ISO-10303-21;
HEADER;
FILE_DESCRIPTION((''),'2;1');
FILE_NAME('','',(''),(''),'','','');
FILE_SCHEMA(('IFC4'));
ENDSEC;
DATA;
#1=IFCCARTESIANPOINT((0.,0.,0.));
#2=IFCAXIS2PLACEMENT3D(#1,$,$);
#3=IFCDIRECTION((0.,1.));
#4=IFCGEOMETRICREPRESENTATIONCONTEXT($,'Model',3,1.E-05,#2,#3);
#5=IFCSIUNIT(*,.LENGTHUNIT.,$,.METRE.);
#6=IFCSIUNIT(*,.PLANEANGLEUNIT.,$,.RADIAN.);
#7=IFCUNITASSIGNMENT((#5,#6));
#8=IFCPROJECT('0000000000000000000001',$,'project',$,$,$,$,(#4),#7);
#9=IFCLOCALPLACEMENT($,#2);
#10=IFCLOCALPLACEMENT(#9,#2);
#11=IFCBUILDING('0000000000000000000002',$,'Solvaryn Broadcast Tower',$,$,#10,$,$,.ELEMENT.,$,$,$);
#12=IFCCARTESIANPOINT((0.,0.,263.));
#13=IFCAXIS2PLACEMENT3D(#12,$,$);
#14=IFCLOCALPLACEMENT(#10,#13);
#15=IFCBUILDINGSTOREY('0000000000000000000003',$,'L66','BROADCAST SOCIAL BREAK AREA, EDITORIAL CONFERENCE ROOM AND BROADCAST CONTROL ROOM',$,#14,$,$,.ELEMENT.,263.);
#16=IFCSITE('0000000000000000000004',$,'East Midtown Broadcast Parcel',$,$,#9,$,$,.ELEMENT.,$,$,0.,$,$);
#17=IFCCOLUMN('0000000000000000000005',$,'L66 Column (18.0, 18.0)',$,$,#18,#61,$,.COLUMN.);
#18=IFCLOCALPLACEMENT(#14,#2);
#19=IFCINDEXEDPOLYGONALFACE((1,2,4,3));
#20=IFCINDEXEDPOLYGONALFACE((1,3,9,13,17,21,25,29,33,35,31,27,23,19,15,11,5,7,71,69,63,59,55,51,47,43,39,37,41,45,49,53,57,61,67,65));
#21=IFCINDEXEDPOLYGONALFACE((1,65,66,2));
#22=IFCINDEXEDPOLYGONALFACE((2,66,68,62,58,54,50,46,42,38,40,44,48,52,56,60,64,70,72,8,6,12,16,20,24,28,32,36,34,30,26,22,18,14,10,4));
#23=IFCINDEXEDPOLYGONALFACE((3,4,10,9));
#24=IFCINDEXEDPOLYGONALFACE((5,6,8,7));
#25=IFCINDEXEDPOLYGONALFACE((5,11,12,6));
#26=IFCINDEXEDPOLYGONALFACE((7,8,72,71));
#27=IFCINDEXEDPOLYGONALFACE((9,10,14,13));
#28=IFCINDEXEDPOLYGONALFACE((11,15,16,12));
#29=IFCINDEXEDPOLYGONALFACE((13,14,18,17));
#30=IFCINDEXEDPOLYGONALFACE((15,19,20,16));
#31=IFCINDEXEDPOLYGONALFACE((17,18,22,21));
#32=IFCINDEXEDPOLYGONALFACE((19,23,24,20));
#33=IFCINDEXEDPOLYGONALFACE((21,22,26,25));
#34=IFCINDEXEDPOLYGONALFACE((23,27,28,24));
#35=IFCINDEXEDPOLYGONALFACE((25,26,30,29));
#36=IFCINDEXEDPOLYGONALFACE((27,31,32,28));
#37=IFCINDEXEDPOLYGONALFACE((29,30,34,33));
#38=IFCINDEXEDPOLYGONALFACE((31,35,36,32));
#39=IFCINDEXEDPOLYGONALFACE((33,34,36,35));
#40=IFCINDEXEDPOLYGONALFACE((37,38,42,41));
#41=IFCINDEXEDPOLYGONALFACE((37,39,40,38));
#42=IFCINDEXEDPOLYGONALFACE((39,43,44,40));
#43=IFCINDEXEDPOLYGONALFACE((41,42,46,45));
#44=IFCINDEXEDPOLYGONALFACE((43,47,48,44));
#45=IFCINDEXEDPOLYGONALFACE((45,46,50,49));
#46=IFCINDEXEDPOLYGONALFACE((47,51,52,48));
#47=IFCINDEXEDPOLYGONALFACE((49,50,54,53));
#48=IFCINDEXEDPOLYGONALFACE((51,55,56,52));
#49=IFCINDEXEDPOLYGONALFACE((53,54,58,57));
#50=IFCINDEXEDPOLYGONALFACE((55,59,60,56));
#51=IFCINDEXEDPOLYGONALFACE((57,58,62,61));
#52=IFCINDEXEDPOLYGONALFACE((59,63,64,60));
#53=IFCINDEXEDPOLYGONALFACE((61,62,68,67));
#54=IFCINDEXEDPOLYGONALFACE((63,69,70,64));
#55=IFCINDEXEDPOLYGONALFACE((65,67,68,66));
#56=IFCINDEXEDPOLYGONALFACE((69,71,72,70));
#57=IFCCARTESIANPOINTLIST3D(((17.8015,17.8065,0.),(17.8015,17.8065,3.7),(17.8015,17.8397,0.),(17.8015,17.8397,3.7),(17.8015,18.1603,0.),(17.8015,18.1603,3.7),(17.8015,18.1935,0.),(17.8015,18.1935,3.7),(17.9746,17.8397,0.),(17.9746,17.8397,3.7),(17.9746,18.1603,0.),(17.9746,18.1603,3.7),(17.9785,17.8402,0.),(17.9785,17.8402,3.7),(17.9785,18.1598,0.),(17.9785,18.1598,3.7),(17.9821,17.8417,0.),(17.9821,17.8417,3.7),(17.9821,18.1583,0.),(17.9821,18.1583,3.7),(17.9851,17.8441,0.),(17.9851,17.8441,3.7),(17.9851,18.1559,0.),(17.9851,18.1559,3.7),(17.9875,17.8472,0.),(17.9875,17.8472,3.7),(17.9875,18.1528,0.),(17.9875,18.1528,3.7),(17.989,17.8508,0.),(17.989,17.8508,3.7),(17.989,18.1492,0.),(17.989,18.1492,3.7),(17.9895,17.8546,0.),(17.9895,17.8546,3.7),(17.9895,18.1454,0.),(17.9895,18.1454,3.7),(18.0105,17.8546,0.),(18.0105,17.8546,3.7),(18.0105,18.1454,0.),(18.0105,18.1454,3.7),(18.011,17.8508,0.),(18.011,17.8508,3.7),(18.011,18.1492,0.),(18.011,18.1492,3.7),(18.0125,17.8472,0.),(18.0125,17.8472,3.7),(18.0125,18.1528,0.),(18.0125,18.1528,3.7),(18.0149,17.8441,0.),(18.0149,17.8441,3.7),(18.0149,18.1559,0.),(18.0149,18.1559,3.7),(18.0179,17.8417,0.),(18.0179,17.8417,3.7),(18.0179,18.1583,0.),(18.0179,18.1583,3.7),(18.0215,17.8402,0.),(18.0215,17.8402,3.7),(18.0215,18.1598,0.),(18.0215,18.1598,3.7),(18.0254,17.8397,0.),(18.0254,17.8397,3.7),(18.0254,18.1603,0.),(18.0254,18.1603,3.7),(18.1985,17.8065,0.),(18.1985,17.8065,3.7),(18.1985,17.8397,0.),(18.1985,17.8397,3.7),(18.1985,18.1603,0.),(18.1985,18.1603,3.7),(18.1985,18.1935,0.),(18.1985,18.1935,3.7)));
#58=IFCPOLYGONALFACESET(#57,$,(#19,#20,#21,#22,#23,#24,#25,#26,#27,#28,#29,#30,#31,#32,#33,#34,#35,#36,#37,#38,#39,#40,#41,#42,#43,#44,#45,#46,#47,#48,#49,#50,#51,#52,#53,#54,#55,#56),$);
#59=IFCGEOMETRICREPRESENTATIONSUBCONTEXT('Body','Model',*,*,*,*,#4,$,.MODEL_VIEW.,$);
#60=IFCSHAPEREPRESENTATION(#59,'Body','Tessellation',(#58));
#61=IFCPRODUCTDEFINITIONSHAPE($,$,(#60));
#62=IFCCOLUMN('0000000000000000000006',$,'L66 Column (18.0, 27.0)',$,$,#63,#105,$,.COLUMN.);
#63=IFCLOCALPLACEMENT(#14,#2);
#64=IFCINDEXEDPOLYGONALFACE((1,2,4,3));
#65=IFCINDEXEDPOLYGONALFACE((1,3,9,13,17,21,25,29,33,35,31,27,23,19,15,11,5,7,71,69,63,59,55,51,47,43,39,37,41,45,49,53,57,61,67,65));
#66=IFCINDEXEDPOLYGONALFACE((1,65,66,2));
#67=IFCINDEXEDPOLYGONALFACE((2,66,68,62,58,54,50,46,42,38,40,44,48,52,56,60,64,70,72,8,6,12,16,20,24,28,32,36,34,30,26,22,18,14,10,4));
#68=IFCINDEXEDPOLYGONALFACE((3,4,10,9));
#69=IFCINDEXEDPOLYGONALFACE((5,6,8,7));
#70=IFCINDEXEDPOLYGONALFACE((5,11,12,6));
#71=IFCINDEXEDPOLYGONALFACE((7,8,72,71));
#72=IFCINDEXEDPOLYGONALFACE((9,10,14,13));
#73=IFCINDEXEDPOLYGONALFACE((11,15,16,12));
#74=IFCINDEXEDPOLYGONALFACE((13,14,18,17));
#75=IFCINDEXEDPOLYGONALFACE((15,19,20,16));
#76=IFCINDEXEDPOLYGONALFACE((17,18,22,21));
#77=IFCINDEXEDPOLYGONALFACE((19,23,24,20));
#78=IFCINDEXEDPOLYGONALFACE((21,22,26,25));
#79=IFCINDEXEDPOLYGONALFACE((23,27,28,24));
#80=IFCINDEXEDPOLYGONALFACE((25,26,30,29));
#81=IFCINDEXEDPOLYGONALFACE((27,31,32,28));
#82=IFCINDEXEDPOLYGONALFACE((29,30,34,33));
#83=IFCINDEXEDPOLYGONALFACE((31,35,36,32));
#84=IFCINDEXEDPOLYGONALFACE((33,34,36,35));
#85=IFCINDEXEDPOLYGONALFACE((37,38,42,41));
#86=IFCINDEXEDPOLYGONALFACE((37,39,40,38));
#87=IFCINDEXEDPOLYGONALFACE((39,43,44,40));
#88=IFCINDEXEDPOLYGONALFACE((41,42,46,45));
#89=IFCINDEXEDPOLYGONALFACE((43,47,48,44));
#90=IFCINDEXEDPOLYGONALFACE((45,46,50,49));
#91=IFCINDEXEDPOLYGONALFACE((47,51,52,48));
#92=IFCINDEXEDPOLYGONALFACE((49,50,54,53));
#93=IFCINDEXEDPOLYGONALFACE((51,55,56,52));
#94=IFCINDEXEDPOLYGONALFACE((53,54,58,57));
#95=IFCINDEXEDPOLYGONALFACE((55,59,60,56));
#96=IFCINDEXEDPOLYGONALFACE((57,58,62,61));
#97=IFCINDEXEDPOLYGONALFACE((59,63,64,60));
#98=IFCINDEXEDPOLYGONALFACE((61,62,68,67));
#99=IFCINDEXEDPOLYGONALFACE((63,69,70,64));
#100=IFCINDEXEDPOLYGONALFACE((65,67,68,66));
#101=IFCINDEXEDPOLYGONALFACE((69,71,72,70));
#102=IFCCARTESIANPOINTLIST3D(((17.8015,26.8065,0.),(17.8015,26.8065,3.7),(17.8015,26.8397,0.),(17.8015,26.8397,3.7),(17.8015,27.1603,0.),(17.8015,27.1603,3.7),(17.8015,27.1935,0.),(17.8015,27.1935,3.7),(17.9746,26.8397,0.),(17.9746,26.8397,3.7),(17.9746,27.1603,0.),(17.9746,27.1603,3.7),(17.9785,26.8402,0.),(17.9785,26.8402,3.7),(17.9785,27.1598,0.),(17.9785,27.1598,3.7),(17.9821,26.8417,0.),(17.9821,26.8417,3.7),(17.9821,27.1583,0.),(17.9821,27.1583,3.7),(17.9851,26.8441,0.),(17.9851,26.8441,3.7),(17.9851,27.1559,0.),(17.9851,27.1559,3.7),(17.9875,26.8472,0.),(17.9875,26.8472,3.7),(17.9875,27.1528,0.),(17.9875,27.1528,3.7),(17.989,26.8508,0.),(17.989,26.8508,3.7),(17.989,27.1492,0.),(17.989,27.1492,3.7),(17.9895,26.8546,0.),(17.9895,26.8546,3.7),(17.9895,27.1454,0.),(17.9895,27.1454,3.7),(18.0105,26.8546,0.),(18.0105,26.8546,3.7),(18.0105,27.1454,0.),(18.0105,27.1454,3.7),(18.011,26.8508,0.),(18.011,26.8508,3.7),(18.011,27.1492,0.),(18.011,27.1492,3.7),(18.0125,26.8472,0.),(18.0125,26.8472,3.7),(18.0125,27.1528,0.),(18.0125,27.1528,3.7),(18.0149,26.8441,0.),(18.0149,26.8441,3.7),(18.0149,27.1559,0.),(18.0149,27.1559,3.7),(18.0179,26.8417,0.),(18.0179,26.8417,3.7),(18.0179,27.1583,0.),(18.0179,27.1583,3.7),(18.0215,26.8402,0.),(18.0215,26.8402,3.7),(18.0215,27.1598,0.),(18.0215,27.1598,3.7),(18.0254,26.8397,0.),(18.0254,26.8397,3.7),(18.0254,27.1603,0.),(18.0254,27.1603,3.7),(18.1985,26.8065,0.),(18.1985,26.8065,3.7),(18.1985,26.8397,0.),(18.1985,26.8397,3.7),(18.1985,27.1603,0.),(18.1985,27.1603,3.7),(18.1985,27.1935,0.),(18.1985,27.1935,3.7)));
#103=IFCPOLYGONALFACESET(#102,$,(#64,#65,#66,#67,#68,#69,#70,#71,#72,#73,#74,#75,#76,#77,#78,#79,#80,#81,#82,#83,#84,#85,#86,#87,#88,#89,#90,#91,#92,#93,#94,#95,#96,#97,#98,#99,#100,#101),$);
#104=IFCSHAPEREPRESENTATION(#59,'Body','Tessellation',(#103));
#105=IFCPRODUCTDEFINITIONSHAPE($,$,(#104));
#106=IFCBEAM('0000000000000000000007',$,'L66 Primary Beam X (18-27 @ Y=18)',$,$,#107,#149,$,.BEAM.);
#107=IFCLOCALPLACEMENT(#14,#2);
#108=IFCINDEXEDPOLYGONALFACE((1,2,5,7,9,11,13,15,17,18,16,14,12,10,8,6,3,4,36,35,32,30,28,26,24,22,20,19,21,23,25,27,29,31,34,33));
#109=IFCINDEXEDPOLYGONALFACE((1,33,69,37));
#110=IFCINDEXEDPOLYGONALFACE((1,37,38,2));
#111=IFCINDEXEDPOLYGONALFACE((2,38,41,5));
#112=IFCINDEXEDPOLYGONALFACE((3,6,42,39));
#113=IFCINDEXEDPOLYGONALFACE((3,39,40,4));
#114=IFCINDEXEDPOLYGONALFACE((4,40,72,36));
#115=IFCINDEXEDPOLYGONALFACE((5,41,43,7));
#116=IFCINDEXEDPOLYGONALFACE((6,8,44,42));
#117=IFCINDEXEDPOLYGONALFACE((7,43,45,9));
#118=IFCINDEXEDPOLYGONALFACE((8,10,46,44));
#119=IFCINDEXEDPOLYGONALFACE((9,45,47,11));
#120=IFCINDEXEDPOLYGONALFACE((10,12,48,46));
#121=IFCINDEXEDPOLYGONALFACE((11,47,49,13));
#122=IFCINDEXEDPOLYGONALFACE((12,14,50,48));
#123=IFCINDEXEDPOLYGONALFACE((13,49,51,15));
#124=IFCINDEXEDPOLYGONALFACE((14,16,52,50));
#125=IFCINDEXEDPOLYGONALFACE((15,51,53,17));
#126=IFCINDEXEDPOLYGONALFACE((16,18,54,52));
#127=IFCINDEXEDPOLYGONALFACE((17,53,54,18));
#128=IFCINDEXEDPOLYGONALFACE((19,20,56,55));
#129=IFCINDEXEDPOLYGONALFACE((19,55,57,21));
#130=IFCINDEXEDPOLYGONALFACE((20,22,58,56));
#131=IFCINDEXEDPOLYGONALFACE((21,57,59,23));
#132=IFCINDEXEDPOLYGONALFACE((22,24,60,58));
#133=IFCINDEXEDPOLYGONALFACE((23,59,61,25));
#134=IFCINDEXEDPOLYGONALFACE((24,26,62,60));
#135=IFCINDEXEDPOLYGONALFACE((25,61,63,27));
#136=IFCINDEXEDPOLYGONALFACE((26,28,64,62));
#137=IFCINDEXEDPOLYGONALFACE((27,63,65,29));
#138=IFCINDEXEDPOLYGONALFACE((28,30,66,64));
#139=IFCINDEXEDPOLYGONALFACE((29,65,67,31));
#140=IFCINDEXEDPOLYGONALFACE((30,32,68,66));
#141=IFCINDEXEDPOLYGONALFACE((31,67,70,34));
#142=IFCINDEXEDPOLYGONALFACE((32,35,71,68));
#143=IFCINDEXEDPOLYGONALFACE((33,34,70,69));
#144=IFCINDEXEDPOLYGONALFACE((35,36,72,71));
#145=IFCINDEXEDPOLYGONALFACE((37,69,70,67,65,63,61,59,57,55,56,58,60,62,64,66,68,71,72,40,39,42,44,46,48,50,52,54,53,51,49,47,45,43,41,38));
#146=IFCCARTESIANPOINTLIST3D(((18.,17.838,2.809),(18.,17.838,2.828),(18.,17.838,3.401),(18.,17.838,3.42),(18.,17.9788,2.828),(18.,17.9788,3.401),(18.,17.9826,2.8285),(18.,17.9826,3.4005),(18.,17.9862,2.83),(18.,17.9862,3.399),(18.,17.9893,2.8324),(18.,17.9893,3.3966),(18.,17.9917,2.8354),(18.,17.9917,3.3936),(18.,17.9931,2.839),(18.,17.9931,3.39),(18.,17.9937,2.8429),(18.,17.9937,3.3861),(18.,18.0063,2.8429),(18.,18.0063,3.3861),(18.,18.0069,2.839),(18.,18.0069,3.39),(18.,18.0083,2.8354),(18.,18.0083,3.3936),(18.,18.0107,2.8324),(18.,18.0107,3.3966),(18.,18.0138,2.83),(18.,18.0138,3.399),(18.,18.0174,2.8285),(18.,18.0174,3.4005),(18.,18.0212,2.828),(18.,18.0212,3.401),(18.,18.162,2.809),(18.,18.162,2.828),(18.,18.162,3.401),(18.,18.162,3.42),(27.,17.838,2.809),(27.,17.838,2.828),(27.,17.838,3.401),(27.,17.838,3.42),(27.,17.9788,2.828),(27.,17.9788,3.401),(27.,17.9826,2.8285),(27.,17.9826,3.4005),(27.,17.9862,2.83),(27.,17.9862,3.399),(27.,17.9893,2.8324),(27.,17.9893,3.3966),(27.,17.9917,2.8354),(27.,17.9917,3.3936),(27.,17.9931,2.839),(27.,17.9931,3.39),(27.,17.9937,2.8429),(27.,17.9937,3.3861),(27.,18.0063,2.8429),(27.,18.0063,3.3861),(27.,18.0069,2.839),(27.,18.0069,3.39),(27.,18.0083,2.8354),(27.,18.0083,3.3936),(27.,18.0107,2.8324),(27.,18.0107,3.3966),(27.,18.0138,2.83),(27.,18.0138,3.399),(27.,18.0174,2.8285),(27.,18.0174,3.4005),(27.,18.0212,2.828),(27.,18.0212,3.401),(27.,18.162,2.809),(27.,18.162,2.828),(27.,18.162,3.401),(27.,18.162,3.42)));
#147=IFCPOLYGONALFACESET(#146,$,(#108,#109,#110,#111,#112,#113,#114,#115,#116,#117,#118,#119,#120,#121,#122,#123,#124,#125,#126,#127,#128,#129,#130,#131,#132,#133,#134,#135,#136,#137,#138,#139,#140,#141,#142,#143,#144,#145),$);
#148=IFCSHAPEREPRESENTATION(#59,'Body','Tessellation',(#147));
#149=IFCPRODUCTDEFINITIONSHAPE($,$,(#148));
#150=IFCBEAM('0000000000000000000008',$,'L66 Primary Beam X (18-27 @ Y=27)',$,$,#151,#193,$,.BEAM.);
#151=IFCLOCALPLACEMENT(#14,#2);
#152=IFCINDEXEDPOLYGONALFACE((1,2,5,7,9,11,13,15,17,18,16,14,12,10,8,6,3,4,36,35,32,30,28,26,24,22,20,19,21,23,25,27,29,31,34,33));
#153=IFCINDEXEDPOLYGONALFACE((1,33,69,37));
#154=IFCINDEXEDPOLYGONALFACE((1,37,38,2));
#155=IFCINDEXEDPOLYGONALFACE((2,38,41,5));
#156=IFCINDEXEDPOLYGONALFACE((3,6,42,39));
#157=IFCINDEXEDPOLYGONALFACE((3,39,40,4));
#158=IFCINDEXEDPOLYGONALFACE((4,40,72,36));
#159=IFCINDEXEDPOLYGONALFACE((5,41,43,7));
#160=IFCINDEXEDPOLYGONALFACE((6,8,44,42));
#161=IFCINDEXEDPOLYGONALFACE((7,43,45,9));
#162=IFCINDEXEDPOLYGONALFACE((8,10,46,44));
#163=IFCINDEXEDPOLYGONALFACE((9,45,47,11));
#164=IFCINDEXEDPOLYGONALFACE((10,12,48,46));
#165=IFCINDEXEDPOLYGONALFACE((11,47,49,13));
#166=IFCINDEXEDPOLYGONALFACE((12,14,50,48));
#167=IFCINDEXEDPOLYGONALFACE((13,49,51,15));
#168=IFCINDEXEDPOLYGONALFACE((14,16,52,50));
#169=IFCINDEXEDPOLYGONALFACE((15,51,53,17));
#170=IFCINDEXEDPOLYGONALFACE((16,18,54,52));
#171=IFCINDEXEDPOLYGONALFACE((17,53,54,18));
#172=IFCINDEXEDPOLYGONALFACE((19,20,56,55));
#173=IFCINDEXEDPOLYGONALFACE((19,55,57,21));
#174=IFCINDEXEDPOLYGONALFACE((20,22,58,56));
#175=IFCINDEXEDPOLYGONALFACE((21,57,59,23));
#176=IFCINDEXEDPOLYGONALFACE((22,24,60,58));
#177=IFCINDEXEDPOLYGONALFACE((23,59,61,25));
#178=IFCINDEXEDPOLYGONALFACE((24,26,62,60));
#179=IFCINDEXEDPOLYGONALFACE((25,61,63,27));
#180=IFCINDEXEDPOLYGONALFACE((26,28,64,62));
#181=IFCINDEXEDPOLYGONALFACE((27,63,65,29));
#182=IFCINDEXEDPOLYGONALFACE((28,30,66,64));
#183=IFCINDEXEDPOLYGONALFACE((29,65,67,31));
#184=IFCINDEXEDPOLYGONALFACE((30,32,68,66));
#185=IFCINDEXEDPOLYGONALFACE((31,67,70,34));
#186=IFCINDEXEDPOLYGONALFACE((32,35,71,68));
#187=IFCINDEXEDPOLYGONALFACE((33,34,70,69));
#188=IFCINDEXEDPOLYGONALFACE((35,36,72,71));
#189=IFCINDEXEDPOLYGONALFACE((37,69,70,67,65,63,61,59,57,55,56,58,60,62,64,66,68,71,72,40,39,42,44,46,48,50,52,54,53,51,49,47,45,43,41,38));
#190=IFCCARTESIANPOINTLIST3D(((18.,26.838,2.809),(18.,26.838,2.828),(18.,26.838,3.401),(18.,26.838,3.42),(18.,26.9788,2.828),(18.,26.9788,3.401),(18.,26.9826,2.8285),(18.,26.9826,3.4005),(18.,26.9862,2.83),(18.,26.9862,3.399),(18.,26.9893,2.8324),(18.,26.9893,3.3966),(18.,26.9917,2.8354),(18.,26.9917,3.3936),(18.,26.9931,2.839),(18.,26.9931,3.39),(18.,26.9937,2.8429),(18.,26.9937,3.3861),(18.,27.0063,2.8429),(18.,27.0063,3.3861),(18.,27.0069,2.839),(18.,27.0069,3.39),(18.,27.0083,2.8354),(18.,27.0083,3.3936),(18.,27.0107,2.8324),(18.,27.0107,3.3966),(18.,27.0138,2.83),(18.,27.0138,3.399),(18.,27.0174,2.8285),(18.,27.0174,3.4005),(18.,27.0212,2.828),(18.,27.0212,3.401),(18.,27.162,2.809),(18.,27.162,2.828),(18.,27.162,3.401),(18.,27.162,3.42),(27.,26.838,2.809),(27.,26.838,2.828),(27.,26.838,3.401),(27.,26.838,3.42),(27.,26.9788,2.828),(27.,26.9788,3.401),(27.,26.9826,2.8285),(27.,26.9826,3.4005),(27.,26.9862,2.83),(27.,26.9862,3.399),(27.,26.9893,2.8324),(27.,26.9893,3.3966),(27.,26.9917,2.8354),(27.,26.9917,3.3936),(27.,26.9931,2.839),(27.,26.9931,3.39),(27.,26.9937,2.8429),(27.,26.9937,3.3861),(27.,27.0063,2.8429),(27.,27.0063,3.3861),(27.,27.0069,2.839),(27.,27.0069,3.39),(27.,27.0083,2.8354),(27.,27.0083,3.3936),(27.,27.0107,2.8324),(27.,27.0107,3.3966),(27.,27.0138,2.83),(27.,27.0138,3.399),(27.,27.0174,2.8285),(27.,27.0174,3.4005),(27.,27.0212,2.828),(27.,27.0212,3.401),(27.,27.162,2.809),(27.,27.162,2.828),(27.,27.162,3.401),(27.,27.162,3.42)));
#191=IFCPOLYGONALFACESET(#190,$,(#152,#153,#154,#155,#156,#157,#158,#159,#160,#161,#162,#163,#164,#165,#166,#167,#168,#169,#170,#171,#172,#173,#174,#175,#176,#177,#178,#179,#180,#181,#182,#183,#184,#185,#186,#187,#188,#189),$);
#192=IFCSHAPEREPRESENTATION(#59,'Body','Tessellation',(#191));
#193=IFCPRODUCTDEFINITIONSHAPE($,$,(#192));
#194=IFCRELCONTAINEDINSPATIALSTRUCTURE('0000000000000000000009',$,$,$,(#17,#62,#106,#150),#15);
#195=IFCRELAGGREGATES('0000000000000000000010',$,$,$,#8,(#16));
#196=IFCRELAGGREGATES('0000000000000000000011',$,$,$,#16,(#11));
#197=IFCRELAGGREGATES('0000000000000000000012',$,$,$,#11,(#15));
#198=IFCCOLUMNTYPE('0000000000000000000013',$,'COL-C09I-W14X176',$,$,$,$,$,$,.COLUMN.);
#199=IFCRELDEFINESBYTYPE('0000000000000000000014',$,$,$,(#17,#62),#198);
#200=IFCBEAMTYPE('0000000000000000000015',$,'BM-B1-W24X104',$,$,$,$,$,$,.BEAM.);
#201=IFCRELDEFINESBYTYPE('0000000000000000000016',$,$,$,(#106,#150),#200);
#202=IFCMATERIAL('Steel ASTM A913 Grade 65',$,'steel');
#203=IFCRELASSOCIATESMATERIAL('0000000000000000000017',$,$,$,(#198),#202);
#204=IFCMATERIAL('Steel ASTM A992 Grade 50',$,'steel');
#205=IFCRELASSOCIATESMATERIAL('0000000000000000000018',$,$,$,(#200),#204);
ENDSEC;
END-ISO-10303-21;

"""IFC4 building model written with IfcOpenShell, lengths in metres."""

from ifc_helpers import new_model, si_unit, direction, frame, origin, origin_2d, place, context, subcontext, project, spatial, i_section, extrude, material, material_profile, profile_set, type_object, element, save


model = new_model("IFC4")

# Units and contexts
model_context = context("Model", 3, precision=1e-05, world=origin(), true_north=direction((0.0, 1.0)))
body_context = subcontext(model_context, "Body", "Model", "MODEL_VIEW")
ifc_project = project(units=[si_unit("LENGTHUNIT", "METRE"), si_unit("PLANEANGLEUNIT", "RADIAN")], contexts=[model_context])

# Site, building, storey
site_placement = place(None, origin())
site = spatial("IfcSite", under=ifc_project, at=site_placement, Name="East Midtown Broadcast Parcel", CompositionType="ELEMENT", RefElevation=0.0)
building_placement = place(site_placement, origin())
building = spatial("IfcBuilding", under=site, at=building_placement, Name="Solvaryn Broadcast Tower", CompositionType="ELEMENT")
storey_placement = place(building_placement, frame((0.0, 0.0, 263.0)))
storey = spatial("IfcBuildingStorey", under=building, at=storey_placement, Name="L66", Description="BROADCAST SOCIAL BREAK AREA, EDITORIAL CONFERENCE ROOM AND BROADCAST CONTROL ROOM", CompositionType="ELEMENT", Elevation=263.0)

# Columns
ifc_material_1 = material(Name="Steel ASTM A913 Grade 65", Category="steel")
ifc_material_profile_1 = material_profile(ifc_material_1, i_section(OverallWidth=0.397, OverallDepth=0.387, WebThickness=0.021, FlangeThickness=0.0332, FilletRadius=0.0149, at=origin_2d()))
ifc_profile_set_1 = profile_set([ifc_material_profile_1], Name="Steel ASTM A913 Grade 65")
column_type = type_object("IfcColumnType", Name="COL-C09I-W14X176", PredefinedType="COLUMN", material=ifc_profile_set_1)
for number, where, z_axis, x_axis, name in (
    (1, (18.0, 18.0, 0.0), (0.0, 0.0, 1.0), (1.0, 0.0, 0.0), "L66 Column (18.0, 18.0)"),
    (2, (18.0, 27.0, 0.0), (0.0, 0.0, 1.0), (1.0, 0.0, 0.0), "L66 Column (18.0, 27.0)"),
):
    element("IfcColumn", number, at=place(storey_placement, frame(where, z_axis=z_axis, x_axis=x_axis)), inside=storey, type_object=column_type, Name=name, PredefinedType="COLUMN", context=body_context, shape_type="SweptSolid", body=[
        extrude(i_section(OverallWidth=0.397, OverallDepth=0.387, WebThickness=0.021, FlangeThickness=0.0332, FilletRadius=0.0149, at=origin_2d()), origin(), (0.0, 0.0, 1.0), 3.7),
    ])

# Beams
ifc_material_2 = material(Name="Steel ASTM A992 Grade 50", Category="steel")
ifc_material_profile_2 = material_profile(ifc_material_2, i_section(OverallWidth=0.324, OverallDepth=0.6111, WebThickness=0.0127, FlangeThickness=0.019, FilletRadius=0.0149, at=origin_2d()))
ifc_profile_set_2 = profile_set([ifc_material_profile_2], Name="Steel ASTM A992 Grade 50")
beam_type_1 = type_object("IfcBeamType", Name="BM-B1-W24X104", PredefinedType="BEAM", material=ifc_profile_set_2)
for number, where, z_axis, x_axis, name in (
    (3, (18.0, 18.0, 3.1145), (1.0, 0.0, 0.0), (0.0, 1.0, 0.0), "L66 Primary Beam X (18-27 @ Y=18)"),
    (4, (18.0, 27.0, 3.1145), (1.0, 0.0, 0.0), (0.0, 1.0, 0.0), "L66 Primary Beam X (18-27 @ Y=27)"),
):
    element("IfcBeam", number, at=place(storey_placement, frame(where, z_axis=z_axis, x_axis=x_axis)), inside=storey, type_object=beam_type_1, Name=name, PredefinedType="BEAM", context=body_context, shape_type="SweptSolid", body=[
        extrude(i_section(OverallWidth=0.324, OverallDepth=0.6111, WebThickness=0.0127, FlangeThickness=0.019, FilletRadius=0.0149, at=origin_2d()), origin(), (0.0, 0.0, 1.0), 9.0),
    ])

save(model, "model.ifc")
